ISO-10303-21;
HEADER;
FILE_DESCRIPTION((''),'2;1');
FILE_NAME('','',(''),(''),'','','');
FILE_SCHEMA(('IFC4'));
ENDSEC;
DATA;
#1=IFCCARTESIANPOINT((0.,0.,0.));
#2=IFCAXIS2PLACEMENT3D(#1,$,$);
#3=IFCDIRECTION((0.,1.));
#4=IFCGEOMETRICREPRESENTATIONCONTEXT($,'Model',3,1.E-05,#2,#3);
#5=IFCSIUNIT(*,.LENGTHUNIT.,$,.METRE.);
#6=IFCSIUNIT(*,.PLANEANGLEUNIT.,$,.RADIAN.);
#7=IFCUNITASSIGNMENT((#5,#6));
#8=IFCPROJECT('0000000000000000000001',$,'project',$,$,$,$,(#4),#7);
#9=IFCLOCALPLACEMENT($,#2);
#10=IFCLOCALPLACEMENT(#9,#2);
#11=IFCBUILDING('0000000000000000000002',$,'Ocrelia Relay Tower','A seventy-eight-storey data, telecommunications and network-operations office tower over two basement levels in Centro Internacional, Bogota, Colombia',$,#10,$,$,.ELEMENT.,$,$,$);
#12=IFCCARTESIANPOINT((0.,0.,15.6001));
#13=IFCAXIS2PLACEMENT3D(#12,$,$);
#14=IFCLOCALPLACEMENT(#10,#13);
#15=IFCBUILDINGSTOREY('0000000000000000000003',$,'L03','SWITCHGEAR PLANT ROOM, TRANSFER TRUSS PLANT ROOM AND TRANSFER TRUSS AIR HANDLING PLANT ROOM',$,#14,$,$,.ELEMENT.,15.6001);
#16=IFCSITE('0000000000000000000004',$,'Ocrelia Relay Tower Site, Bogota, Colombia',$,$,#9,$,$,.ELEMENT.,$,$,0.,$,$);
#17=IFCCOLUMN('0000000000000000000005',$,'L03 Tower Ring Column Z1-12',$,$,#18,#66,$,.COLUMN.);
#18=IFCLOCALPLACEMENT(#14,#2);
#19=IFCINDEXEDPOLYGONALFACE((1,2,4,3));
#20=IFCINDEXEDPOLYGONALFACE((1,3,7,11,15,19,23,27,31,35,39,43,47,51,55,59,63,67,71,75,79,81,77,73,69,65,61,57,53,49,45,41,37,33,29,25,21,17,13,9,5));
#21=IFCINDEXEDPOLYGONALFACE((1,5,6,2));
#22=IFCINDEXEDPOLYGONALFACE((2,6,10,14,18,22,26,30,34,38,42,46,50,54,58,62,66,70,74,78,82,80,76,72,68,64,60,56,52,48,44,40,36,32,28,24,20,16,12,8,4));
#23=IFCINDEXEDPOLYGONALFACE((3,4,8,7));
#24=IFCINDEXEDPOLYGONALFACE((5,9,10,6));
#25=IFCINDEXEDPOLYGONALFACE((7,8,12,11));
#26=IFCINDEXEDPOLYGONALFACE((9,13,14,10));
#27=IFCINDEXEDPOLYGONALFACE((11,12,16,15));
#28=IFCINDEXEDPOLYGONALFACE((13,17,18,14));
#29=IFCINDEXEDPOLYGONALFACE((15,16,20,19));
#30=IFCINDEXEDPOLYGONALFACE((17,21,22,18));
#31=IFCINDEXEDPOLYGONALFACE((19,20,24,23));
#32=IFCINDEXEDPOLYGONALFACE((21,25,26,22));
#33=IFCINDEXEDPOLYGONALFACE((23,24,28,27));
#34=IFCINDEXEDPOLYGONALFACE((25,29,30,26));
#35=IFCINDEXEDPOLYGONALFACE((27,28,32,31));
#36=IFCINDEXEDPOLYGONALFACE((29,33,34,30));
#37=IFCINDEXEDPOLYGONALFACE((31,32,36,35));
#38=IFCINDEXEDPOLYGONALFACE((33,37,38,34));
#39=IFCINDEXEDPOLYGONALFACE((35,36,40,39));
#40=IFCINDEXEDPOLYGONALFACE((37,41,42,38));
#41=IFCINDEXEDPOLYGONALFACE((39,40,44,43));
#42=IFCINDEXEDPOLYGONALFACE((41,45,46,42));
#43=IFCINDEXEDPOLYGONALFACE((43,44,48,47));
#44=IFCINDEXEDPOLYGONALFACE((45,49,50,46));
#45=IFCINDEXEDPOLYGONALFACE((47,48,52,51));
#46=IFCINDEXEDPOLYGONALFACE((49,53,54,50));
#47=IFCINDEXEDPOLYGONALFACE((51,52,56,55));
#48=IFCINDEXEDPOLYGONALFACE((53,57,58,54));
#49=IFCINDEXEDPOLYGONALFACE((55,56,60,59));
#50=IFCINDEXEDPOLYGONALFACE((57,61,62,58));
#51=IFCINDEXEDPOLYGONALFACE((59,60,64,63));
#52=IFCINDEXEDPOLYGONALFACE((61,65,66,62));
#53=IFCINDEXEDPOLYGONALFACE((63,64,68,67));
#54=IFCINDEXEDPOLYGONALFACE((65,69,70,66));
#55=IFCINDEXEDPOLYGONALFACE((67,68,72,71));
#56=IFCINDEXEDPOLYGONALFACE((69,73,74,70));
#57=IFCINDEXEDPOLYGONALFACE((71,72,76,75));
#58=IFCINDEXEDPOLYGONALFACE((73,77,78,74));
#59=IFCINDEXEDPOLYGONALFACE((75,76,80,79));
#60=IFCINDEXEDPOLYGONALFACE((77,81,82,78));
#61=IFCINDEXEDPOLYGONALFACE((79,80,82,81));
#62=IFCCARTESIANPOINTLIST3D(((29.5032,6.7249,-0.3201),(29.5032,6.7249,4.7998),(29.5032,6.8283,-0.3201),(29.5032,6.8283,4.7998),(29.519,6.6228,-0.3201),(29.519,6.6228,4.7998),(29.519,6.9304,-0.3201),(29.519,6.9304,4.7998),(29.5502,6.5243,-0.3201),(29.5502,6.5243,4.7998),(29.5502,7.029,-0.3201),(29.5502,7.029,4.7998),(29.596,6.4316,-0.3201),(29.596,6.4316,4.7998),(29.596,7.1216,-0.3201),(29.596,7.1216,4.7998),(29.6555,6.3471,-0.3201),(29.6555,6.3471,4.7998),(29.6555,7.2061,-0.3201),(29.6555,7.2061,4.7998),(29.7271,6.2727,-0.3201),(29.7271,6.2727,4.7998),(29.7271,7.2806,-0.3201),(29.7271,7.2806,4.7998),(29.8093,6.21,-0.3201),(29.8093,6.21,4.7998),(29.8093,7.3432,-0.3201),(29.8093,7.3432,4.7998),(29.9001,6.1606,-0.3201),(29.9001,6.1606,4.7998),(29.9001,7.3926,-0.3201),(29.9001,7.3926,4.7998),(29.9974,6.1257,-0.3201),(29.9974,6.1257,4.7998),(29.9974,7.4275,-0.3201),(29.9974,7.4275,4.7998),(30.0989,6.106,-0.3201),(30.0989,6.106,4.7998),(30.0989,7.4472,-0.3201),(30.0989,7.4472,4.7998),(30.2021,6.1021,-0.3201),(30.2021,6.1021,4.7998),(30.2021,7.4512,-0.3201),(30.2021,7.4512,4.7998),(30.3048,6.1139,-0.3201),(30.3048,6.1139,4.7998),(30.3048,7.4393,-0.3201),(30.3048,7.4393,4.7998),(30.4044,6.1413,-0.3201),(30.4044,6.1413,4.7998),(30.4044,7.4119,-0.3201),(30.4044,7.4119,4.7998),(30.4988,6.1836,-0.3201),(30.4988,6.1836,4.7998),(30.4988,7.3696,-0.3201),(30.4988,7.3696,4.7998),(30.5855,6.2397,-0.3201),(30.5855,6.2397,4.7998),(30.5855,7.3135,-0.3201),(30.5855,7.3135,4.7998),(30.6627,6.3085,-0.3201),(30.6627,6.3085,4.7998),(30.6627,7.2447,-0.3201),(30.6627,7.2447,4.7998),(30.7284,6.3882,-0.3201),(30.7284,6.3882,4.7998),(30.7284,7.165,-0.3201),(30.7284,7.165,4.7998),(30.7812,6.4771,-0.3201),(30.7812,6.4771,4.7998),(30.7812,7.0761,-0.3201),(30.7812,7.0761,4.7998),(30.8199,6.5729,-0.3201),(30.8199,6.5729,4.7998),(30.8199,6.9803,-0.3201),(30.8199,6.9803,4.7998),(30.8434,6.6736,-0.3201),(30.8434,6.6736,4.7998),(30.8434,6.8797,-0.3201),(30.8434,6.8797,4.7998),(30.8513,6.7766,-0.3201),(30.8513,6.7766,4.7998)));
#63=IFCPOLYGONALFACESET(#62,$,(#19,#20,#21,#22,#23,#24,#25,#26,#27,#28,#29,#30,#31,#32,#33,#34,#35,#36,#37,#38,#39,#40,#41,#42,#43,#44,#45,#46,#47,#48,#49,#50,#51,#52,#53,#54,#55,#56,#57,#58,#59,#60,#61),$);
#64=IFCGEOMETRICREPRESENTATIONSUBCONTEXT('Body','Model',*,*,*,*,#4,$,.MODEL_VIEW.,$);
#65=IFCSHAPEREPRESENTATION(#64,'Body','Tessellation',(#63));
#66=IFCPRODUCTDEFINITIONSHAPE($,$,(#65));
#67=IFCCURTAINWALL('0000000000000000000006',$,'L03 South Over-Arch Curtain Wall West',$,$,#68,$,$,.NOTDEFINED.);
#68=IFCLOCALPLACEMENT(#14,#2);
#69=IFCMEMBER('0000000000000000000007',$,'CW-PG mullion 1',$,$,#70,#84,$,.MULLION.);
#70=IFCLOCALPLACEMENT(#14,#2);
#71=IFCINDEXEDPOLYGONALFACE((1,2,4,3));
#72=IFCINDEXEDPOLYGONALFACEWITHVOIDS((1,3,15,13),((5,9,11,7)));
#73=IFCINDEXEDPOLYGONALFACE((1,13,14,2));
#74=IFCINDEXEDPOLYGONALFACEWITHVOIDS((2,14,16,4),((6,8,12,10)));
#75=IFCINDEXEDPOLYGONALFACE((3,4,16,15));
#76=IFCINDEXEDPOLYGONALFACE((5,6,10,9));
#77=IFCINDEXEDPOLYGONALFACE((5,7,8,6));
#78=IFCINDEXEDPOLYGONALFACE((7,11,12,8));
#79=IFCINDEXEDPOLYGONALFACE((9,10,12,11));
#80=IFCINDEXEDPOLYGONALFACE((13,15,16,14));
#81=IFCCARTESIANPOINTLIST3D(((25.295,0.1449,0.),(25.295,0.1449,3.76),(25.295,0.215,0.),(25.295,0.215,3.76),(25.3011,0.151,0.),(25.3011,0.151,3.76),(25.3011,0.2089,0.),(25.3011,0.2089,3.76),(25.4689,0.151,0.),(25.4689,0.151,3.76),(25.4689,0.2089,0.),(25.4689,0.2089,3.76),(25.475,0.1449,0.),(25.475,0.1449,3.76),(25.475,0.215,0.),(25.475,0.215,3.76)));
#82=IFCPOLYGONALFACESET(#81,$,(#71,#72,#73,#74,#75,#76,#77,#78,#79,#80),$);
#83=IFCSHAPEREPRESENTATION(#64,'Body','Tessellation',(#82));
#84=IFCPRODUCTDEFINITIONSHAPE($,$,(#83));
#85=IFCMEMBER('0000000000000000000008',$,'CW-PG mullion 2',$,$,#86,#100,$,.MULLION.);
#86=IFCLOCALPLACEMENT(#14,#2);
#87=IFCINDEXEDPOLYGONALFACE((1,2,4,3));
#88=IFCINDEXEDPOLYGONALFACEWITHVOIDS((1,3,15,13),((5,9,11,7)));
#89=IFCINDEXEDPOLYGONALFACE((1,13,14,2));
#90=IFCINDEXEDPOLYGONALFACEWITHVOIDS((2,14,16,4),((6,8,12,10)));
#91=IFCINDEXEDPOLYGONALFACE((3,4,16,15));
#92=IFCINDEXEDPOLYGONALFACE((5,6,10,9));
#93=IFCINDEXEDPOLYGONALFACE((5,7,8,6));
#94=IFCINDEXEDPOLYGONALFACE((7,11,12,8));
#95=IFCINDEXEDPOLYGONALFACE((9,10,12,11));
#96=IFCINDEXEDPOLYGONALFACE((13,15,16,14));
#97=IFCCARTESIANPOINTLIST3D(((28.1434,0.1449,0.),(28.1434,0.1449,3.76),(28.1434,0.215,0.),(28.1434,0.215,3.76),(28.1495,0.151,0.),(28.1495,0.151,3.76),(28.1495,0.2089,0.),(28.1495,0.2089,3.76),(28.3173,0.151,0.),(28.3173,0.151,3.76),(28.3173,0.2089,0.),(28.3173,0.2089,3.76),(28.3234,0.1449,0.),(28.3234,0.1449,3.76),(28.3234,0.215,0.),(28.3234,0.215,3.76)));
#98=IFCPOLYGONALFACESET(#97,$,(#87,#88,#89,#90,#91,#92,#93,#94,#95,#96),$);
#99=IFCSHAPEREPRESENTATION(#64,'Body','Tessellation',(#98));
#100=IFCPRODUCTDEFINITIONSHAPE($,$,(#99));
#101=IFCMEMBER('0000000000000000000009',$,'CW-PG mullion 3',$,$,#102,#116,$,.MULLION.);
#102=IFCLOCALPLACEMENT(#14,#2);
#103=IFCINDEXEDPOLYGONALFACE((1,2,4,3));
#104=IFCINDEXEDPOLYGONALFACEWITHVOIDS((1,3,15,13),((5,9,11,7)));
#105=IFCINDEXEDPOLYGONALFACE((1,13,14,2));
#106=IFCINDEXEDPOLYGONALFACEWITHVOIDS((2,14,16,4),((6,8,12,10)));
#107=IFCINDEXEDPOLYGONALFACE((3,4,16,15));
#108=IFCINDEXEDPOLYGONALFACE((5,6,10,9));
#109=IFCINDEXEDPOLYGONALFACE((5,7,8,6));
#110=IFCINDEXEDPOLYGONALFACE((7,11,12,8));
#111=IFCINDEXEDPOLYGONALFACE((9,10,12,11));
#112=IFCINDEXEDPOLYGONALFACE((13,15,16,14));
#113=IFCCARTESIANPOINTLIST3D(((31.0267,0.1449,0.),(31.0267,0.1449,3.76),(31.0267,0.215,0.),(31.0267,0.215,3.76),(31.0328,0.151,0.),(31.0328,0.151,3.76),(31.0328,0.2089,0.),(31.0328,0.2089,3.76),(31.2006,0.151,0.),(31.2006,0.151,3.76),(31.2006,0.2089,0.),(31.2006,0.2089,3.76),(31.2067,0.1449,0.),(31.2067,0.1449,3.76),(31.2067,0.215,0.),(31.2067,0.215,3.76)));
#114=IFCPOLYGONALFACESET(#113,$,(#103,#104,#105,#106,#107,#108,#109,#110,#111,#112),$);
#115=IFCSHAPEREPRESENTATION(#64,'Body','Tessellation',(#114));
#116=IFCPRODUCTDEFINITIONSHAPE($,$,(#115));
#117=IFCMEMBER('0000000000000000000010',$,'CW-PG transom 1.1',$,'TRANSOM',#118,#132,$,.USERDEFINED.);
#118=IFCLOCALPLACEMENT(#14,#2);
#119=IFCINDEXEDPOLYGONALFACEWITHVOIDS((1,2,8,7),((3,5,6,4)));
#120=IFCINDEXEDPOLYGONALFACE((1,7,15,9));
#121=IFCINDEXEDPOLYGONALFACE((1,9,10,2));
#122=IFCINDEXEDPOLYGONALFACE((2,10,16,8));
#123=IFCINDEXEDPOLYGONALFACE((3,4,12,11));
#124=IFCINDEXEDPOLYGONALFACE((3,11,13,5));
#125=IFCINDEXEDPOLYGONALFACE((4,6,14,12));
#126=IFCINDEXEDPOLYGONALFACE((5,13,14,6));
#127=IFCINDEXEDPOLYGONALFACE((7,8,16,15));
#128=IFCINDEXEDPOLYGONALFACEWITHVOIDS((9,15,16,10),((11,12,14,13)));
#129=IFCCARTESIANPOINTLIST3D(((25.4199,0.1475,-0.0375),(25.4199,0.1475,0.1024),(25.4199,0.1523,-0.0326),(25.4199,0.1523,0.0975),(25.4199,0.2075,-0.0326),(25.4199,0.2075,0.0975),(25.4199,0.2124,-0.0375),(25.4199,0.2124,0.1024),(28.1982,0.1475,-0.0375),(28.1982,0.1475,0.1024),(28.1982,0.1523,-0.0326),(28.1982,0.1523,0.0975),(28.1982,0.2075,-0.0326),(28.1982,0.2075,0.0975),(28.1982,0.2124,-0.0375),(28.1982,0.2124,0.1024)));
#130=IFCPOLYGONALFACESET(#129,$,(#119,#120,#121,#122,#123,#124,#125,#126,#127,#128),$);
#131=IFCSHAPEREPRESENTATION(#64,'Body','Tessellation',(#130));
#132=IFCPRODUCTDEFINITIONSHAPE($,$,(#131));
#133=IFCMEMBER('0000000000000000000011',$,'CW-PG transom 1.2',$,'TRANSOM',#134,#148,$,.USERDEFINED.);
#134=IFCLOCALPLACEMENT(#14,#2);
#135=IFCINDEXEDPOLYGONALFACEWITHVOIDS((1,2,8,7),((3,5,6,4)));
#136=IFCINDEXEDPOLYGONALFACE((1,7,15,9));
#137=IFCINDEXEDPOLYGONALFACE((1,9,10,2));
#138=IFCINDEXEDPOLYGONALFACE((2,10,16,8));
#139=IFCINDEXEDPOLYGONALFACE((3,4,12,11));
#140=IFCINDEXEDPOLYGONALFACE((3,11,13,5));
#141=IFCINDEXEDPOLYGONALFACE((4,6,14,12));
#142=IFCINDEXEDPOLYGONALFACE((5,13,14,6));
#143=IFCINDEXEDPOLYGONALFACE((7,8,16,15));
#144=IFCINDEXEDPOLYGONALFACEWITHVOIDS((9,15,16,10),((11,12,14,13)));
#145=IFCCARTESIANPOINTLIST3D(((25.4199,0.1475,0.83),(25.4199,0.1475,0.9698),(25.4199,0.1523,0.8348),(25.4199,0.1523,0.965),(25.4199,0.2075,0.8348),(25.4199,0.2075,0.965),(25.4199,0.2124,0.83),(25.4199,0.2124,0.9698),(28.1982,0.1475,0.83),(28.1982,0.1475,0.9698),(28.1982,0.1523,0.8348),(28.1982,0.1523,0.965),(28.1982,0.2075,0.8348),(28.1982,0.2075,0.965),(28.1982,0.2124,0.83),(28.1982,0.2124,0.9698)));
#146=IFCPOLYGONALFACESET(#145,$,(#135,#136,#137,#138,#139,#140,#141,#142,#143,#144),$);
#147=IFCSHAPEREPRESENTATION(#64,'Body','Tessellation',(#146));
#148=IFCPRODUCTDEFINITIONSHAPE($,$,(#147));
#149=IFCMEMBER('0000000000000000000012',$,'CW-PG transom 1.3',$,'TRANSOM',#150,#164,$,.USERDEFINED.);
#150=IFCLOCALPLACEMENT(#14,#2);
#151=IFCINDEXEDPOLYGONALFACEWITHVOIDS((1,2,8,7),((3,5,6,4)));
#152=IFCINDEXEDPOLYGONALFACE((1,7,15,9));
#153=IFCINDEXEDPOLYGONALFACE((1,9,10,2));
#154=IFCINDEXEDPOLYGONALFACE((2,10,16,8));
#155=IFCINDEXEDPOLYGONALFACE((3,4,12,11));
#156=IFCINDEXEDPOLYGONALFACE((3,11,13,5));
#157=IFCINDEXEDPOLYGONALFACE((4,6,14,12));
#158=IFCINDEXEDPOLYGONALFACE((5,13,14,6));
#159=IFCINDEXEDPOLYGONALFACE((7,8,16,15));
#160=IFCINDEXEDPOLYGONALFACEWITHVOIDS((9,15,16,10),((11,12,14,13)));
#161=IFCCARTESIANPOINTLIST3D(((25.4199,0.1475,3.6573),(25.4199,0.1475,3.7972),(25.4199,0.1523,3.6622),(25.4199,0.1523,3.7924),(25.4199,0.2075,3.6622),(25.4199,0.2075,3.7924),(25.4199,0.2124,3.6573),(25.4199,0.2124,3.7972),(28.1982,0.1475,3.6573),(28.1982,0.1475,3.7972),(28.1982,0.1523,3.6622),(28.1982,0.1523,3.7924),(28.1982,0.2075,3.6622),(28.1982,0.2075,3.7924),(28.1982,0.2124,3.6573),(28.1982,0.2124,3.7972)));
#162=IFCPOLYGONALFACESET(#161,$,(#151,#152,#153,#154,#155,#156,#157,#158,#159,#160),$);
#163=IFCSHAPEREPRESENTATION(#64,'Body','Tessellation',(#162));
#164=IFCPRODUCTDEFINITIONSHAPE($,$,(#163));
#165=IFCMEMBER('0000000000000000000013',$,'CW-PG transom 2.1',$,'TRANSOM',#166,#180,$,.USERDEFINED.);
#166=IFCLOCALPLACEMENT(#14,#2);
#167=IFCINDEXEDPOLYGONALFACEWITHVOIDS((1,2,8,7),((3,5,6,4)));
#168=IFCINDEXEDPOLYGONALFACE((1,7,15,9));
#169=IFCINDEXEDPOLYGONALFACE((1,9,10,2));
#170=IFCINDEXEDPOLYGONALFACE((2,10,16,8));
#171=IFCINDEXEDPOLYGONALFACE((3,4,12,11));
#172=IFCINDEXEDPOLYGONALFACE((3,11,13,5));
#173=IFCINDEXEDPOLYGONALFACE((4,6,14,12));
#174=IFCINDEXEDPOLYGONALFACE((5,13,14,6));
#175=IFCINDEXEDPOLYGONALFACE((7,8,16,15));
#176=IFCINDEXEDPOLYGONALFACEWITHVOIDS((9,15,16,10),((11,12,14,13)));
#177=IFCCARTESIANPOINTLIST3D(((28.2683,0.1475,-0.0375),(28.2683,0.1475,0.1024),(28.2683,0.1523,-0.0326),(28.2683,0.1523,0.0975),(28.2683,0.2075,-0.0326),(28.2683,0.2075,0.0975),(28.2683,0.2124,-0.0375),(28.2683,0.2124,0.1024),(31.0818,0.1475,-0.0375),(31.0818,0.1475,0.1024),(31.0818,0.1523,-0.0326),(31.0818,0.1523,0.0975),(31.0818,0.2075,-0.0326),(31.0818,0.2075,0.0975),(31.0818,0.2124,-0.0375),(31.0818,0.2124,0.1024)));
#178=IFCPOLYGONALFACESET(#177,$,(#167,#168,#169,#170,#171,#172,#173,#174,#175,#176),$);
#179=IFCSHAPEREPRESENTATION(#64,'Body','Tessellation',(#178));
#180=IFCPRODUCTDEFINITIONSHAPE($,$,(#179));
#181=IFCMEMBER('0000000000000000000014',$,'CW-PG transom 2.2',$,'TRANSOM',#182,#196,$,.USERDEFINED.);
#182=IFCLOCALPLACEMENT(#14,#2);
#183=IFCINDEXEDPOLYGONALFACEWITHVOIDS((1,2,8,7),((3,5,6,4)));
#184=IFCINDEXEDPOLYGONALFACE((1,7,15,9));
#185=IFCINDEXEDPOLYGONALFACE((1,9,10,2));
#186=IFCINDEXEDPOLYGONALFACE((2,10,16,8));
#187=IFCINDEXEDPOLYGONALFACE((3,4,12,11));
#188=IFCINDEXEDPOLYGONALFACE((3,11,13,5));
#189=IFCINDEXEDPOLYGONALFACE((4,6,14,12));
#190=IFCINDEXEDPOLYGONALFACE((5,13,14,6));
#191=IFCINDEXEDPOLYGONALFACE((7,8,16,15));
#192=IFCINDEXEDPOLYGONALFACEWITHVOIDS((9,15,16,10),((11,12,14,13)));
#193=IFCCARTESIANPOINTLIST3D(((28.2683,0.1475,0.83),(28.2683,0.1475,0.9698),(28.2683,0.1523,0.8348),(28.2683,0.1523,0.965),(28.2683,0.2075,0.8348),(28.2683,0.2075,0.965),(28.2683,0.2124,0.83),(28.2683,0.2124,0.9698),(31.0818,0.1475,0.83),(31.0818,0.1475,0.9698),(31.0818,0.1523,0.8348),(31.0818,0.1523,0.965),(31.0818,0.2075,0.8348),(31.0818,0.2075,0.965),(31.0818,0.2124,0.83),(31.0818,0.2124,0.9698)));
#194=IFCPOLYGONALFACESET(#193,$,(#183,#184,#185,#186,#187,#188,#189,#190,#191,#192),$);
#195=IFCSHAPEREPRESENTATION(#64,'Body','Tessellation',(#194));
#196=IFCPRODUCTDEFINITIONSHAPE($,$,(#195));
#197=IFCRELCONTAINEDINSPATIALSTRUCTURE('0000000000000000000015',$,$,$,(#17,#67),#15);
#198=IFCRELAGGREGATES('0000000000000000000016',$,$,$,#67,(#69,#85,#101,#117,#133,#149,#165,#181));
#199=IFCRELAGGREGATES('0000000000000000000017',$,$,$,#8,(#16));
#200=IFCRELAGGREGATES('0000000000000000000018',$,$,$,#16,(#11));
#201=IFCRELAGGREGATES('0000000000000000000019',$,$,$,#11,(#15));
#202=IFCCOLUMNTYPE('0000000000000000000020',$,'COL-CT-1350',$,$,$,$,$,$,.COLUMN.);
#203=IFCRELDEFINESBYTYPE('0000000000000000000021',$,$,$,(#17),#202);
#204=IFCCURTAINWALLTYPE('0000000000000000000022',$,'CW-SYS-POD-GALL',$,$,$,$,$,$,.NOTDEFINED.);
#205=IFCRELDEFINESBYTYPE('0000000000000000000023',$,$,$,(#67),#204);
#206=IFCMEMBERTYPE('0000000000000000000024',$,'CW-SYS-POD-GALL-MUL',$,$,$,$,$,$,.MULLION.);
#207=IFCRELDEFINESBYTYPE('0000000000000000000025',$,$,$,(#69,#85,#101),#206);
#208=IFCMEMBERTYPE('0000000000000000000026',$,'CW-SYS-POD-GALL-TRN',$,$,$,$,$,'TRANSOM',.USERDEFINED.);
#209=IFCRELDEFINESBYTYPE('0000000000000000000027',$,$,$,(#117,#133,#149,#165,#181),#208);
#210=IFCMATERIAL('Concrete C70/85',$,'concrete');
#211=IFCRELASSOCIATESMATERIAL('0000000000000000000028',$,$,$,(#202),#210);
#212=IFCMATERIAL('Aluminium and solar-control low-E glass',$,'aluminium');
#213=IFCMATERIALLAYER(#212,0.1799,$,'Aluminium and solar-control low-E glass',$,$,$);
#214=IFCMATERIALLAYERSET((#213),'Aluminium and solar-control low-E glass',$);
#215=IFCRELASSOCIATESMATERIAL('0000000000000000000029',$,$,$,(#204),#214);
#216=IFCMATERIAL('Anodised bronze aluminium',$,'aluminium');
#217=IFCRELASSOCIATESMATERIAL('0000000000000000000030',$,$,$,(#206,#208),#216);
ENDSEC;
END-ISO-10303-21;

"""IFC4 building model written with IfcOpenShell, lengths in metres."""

from ifc_helpers import new_model, si_unit, direction, frame, origin, origin_2d, place, context, subcontext, project, spatial, hollow_rectangle, circle, extrude, material, layer, layer_set, material_profile, profile_set, type_object, element, aggregate, save


model = new_model("IFC4")

# Units and contexts
model_context = context("Model", 3, precision=1e-05, world=origin(), true_north=direction((0.0, 1.0)))
body_context = subcontext(model_context, "Body", "Model", "MODEL_VIEW")
ifc_project = project(units=[si_unit("LENGTHUNIT", "METRE"), si_unit("PLANEANGLEUNIT", "RADIAN")], contexts=[model_context])

# Site, building, storey
site_placement = place(None, origin())
site = spatial("IfcSite", under=ifc_project, at=site_placement, Name="Ocrelia Relay Tower Site, Bogota, Colombia", CompositionType="ELEMENT", RefElevation=0.0)
building_placement = place(site_placement, origin())
building = spatial("IfcBuilding", under=site, at=building_placement, Name="Ocrelia Relay Tower", Description="A seventy-eight-storey data, telecommunications and network-operations office tower over two basement levels in Centro Internacional, Bogota, Colombia", CompositionType="ELEMENT")
storey_placement = place(building_placement, frame((0.0, 0.0, 15.6001)))
storey = spatial("IfcBuildingStorey", under=building, at=storey_placement, Name="L03", Description="SWITCHGEAR PLANT ROOM, TRANSFER TRUSS PLANT ROOM AND TRANSFER TRUSS AIR HANDLING PLANT ROOM", CompositionType="ELEMENT", Elevation=15.6001)

# Column
ifc_material_1 = material(Name="Concrete C70/85", Category="concrete")
ifc_material_profile_1 = material_profile(ifc_material_1, circle(Radius=0.675, at=origin_2d()), Name="RC-CIR-1350")
ifc_profile_set_1 = profile_set([ifc_material_profile_1], Name="Concrete C70/85")
column_type = type_object("IfcColumnType", Name="COL-CT-1350", PredefinedType="COLUMN", material=ifc_profile_set_1)
column_placement = place(storey_placement, frame((30.1763, 6.7766, -0.3201), z_axis=(0.0, 0.0, 1.0), x_axis=(1.0, 0.0, 0.0)))
element("IfcColumn", 1, at=column_placement, inside=storey, type_object=column_type, Name="L03 Tower Ring Column Z1-12", PredefinedType="COLUMN", context=body_context, shape_type="SweptSolid", body=[
    extrude(circle(Radius=0.675, at=origin_2d()), origin(), (0.0, 0.0, 1.0), 5.1199),
])

# Curtain wall, members
ifc_material_2 = material(Name="Aluminium and solar-control low-E glass", Category="aluminium")
ifc_layer_1 = layer(ifc_material_2, 0.1799, Name="Aluminium and solar-control low-E glass")
ifc_layer_set_1 = layer_set([ifc_layer_1], Name="Aluminium and solar-control low-E glass")
curtain_wall_type = type_object("IfcCurtainWallType", Name="CW-SYS-POD-GALL", PredefinedType="NOTDEFINED", material=ifc_layer_set_1)
curtain_wall_placement = place(storey_placement, origin())
curtain_wall = element("IfcCurtainWall", 2, at=curtain_wall_placement, inside=storey, type_object=curtain_wall_type, Name="L03 South Over-Arch Curtain Wall West", PredefinedType="NOTDEFINED")
ifc_material_3 = material(Name="Anodised bronze aluminium", Category="aluminium")
ifc_material_profile_2 = material_profile(ifc_material_3, hollow_rectangle(XDim=0.0701, YDim=0.1799, WallThickness=0.0061, at=origin_2d()), Name="CW-MUL-180x70")
ifc_profile_set_2 = profile_set([ifc_material_profile_2], Name="Anodised bronze aluminium")
member_type_1 = type_object("IfcMemberType", Name="CW-SYS-POD-GALL-MUL", PredefinedType="MULLION", material=ifc_profile_set_2)
member_1_placement = place(storey_placement, frame((25.385, 0.1799, 0.0), z_axis=(0.0, 0.0, 1.0), x_axis=(0.0, 1.0, 0.0)))
member_1 = element("IfcMember", 3, at=member_1_placement, type_object=member_type_1, Name="CW-PG mullion 1", PredefinedType="MULLION", context=body_context, shape_type="SweptSolid", body=[
    extrude(hollow_rectangle(XDim=0.0701, YDim=0.1799, WallThickness=0.0061, at=origin_2d()), origin(), (0.0, 0.0, 1.0), 3.76),
])
member_2_placement = place(storey_placement, frame((28.2334, 0.1799, 0.0), z_axis=(0.0, 0.0, 1.0), x_axis=(0.0, 1.0, 0.0)))
member_2 = element("IfcMember", 4, at=member_2_placement, type_object=member_type_1, Name="CW-PG mullion 2", PredefinedType="MULLION", context=body_context, shape_type="SweptSolid", body=[
    extrude(hollow_rectangle(XDim=0.0701, YDim=0.1799, WallThickness=0.0061, at=origin_2d()), origin(), (0.0, 0.0, 1.0), 3.76),
])
member_3_placement = place(storey_placement, frame((31.1167, 0.1799, 0.0), z_axis=(0.0, 0.0, 1.0), x_axis=(0.0, 1.0, 0.0)))
member_3 = element("IfcMember", 5, at=member_3_placement, type_object=member_type_1, Name="CW-PG mullion 3", PredefinedType="MULLION", context=body_context, shape_type="SweptSolid", body=[
    extrude(hollow_rectangle(XDim=0.0701, YDim=0.1799, WallThickness=0.0061, at=origin_2d()), origin(), (0.0, 0.0, 1.0), 3.76),
])
ifc_material_profile_3 = material_profile(ifc_material_3, hollow_rectangle(XDim=0.0649, YDim=0.1399, WallThickness=0.0049, at=origin_2d()), Name="CW-TRN-140x65")
ifc_profile_set_3 = profile_set([ifc_material_profile_3], Name="Anodised bronze aluminium")
member_type_2 = type_object("IfcMemberType", Name="CW-SYS-POD-GALL-TRN", ElementType="TRANSOM", PredefinedType="USERDEFINED", material=ifc_profile_set_3)
member_4_placement = place(storey_placement, frame((25.4199, 0.1799, 0.0325), z_axis=(1.0, 0.0, 0.0), x_axis=(0.0, 1.0, 0.0)))
member_4 = element("IfcMember", 6, at=member_4_placement, type_object=member_type_2, Name="CW-PG transom 1.1", ObjectType="TRANSOM", PredefinedType="USERDEFINED", context=body_context, shape_type="SweptSolid", body=[
    extrude(hollow_rectangle(XDim=0.0649, YDim=0.1399, WallThickness=0.0049, at=origin_2d()), origin(), (0.0, 0.0, 1.0), 2.7783),
])
member_5_placement = place(storey_placement, frame((25.4199, 0.1799, 0.8999), z_axis=(1.0, 0.0, 0.0), x_axis=(0.0, 1.0, 0.0)))
member_5 = element("IfcMember", 7, at=member_5_placement, type_object=member_type_2, Name="CW-PG transom 1.2", ObjectType="TRANSOM", PredefinedType="USERDEFINED", context=body_context, shape_type="SweptSolid", body=[
    extrude(hollow_rectangle(XDim=0.0649, YDim=0.1399, WallThickness=0.0049, at=origin_2d()), origin(), (0.0, 0.0, 1.0), 2.7783),
])
member_6_placement = place(storey_placement, frame((25.4199, 0.1799, 3.7273), z_axis=(1.0, 0.0, 0.0), x_axis=(0.0, 1.0, 0.0)))
member_6 = element("IfcMember", 8, at=member_6_placement, type_object=member_type_2, Name="CW-PG transom 1.3", ObjectType="TRANSOM", PredefinedType="USERDEFINED", context=body_context, shape_type="SweptSolid", body=[
    extrude(hollow_rectangle(XDim=0.0649, YDim=0.1399, WallThickness=0.0049, at=origin_2d()), origin(), (0.0, 0.0, 1.0), 2.7783),
])
member_7_placement = place(storey_placement, frame((28.2683, 0.1799, 0.0325), z_axis=(1.0, 0.0, 0.0), x_axis=(0.0, 1.0, 0.0)))
member_7 = element("IfcMember", 9, at=member_7_placement, type_object=member_type_2, Name="CW-PG transom 2.1", ObjectType="TRANSOM", PredefinedType="USERDEFINED", context=body_context, shape_type="SweptSolid", body=[
    extrude(hollow_rectangle(XDim=0.0649, YDim=0.1399, WallThickness=0.0049, at=origin_2d()), origin(), (0.0, 0.0, 1.0), 2.8135),
])
member_8_placement = place(storey_placement, frame((28.2683, 0.1799, 0.8999), z_axis=(1.0, 0.0, 0.0), x_axis=(0.0, 1.0, 0.0)))
member_8 = element("IfcMember", 10, at=member_8_placement, type_object=member_type_2, Name="CW-PG transom 2.2", ObjectType="TRANSOM", PredefinedType="USERDEFINED", context=body_context, shape_type="SweptSolid", body=[
    extrude(hollow_rectangle(XDim=0.0649, YDim=0.1399, WallThickness=0.0049, at=origin_2d()), origin(), (0.0, 0.0, 1.0), 2.8135),
])
aggregate(curtain_wall, [member_1, member_2, member_3, member_4, member_5, member_6, member_7, member_8])

save(model, "model.ifc")
